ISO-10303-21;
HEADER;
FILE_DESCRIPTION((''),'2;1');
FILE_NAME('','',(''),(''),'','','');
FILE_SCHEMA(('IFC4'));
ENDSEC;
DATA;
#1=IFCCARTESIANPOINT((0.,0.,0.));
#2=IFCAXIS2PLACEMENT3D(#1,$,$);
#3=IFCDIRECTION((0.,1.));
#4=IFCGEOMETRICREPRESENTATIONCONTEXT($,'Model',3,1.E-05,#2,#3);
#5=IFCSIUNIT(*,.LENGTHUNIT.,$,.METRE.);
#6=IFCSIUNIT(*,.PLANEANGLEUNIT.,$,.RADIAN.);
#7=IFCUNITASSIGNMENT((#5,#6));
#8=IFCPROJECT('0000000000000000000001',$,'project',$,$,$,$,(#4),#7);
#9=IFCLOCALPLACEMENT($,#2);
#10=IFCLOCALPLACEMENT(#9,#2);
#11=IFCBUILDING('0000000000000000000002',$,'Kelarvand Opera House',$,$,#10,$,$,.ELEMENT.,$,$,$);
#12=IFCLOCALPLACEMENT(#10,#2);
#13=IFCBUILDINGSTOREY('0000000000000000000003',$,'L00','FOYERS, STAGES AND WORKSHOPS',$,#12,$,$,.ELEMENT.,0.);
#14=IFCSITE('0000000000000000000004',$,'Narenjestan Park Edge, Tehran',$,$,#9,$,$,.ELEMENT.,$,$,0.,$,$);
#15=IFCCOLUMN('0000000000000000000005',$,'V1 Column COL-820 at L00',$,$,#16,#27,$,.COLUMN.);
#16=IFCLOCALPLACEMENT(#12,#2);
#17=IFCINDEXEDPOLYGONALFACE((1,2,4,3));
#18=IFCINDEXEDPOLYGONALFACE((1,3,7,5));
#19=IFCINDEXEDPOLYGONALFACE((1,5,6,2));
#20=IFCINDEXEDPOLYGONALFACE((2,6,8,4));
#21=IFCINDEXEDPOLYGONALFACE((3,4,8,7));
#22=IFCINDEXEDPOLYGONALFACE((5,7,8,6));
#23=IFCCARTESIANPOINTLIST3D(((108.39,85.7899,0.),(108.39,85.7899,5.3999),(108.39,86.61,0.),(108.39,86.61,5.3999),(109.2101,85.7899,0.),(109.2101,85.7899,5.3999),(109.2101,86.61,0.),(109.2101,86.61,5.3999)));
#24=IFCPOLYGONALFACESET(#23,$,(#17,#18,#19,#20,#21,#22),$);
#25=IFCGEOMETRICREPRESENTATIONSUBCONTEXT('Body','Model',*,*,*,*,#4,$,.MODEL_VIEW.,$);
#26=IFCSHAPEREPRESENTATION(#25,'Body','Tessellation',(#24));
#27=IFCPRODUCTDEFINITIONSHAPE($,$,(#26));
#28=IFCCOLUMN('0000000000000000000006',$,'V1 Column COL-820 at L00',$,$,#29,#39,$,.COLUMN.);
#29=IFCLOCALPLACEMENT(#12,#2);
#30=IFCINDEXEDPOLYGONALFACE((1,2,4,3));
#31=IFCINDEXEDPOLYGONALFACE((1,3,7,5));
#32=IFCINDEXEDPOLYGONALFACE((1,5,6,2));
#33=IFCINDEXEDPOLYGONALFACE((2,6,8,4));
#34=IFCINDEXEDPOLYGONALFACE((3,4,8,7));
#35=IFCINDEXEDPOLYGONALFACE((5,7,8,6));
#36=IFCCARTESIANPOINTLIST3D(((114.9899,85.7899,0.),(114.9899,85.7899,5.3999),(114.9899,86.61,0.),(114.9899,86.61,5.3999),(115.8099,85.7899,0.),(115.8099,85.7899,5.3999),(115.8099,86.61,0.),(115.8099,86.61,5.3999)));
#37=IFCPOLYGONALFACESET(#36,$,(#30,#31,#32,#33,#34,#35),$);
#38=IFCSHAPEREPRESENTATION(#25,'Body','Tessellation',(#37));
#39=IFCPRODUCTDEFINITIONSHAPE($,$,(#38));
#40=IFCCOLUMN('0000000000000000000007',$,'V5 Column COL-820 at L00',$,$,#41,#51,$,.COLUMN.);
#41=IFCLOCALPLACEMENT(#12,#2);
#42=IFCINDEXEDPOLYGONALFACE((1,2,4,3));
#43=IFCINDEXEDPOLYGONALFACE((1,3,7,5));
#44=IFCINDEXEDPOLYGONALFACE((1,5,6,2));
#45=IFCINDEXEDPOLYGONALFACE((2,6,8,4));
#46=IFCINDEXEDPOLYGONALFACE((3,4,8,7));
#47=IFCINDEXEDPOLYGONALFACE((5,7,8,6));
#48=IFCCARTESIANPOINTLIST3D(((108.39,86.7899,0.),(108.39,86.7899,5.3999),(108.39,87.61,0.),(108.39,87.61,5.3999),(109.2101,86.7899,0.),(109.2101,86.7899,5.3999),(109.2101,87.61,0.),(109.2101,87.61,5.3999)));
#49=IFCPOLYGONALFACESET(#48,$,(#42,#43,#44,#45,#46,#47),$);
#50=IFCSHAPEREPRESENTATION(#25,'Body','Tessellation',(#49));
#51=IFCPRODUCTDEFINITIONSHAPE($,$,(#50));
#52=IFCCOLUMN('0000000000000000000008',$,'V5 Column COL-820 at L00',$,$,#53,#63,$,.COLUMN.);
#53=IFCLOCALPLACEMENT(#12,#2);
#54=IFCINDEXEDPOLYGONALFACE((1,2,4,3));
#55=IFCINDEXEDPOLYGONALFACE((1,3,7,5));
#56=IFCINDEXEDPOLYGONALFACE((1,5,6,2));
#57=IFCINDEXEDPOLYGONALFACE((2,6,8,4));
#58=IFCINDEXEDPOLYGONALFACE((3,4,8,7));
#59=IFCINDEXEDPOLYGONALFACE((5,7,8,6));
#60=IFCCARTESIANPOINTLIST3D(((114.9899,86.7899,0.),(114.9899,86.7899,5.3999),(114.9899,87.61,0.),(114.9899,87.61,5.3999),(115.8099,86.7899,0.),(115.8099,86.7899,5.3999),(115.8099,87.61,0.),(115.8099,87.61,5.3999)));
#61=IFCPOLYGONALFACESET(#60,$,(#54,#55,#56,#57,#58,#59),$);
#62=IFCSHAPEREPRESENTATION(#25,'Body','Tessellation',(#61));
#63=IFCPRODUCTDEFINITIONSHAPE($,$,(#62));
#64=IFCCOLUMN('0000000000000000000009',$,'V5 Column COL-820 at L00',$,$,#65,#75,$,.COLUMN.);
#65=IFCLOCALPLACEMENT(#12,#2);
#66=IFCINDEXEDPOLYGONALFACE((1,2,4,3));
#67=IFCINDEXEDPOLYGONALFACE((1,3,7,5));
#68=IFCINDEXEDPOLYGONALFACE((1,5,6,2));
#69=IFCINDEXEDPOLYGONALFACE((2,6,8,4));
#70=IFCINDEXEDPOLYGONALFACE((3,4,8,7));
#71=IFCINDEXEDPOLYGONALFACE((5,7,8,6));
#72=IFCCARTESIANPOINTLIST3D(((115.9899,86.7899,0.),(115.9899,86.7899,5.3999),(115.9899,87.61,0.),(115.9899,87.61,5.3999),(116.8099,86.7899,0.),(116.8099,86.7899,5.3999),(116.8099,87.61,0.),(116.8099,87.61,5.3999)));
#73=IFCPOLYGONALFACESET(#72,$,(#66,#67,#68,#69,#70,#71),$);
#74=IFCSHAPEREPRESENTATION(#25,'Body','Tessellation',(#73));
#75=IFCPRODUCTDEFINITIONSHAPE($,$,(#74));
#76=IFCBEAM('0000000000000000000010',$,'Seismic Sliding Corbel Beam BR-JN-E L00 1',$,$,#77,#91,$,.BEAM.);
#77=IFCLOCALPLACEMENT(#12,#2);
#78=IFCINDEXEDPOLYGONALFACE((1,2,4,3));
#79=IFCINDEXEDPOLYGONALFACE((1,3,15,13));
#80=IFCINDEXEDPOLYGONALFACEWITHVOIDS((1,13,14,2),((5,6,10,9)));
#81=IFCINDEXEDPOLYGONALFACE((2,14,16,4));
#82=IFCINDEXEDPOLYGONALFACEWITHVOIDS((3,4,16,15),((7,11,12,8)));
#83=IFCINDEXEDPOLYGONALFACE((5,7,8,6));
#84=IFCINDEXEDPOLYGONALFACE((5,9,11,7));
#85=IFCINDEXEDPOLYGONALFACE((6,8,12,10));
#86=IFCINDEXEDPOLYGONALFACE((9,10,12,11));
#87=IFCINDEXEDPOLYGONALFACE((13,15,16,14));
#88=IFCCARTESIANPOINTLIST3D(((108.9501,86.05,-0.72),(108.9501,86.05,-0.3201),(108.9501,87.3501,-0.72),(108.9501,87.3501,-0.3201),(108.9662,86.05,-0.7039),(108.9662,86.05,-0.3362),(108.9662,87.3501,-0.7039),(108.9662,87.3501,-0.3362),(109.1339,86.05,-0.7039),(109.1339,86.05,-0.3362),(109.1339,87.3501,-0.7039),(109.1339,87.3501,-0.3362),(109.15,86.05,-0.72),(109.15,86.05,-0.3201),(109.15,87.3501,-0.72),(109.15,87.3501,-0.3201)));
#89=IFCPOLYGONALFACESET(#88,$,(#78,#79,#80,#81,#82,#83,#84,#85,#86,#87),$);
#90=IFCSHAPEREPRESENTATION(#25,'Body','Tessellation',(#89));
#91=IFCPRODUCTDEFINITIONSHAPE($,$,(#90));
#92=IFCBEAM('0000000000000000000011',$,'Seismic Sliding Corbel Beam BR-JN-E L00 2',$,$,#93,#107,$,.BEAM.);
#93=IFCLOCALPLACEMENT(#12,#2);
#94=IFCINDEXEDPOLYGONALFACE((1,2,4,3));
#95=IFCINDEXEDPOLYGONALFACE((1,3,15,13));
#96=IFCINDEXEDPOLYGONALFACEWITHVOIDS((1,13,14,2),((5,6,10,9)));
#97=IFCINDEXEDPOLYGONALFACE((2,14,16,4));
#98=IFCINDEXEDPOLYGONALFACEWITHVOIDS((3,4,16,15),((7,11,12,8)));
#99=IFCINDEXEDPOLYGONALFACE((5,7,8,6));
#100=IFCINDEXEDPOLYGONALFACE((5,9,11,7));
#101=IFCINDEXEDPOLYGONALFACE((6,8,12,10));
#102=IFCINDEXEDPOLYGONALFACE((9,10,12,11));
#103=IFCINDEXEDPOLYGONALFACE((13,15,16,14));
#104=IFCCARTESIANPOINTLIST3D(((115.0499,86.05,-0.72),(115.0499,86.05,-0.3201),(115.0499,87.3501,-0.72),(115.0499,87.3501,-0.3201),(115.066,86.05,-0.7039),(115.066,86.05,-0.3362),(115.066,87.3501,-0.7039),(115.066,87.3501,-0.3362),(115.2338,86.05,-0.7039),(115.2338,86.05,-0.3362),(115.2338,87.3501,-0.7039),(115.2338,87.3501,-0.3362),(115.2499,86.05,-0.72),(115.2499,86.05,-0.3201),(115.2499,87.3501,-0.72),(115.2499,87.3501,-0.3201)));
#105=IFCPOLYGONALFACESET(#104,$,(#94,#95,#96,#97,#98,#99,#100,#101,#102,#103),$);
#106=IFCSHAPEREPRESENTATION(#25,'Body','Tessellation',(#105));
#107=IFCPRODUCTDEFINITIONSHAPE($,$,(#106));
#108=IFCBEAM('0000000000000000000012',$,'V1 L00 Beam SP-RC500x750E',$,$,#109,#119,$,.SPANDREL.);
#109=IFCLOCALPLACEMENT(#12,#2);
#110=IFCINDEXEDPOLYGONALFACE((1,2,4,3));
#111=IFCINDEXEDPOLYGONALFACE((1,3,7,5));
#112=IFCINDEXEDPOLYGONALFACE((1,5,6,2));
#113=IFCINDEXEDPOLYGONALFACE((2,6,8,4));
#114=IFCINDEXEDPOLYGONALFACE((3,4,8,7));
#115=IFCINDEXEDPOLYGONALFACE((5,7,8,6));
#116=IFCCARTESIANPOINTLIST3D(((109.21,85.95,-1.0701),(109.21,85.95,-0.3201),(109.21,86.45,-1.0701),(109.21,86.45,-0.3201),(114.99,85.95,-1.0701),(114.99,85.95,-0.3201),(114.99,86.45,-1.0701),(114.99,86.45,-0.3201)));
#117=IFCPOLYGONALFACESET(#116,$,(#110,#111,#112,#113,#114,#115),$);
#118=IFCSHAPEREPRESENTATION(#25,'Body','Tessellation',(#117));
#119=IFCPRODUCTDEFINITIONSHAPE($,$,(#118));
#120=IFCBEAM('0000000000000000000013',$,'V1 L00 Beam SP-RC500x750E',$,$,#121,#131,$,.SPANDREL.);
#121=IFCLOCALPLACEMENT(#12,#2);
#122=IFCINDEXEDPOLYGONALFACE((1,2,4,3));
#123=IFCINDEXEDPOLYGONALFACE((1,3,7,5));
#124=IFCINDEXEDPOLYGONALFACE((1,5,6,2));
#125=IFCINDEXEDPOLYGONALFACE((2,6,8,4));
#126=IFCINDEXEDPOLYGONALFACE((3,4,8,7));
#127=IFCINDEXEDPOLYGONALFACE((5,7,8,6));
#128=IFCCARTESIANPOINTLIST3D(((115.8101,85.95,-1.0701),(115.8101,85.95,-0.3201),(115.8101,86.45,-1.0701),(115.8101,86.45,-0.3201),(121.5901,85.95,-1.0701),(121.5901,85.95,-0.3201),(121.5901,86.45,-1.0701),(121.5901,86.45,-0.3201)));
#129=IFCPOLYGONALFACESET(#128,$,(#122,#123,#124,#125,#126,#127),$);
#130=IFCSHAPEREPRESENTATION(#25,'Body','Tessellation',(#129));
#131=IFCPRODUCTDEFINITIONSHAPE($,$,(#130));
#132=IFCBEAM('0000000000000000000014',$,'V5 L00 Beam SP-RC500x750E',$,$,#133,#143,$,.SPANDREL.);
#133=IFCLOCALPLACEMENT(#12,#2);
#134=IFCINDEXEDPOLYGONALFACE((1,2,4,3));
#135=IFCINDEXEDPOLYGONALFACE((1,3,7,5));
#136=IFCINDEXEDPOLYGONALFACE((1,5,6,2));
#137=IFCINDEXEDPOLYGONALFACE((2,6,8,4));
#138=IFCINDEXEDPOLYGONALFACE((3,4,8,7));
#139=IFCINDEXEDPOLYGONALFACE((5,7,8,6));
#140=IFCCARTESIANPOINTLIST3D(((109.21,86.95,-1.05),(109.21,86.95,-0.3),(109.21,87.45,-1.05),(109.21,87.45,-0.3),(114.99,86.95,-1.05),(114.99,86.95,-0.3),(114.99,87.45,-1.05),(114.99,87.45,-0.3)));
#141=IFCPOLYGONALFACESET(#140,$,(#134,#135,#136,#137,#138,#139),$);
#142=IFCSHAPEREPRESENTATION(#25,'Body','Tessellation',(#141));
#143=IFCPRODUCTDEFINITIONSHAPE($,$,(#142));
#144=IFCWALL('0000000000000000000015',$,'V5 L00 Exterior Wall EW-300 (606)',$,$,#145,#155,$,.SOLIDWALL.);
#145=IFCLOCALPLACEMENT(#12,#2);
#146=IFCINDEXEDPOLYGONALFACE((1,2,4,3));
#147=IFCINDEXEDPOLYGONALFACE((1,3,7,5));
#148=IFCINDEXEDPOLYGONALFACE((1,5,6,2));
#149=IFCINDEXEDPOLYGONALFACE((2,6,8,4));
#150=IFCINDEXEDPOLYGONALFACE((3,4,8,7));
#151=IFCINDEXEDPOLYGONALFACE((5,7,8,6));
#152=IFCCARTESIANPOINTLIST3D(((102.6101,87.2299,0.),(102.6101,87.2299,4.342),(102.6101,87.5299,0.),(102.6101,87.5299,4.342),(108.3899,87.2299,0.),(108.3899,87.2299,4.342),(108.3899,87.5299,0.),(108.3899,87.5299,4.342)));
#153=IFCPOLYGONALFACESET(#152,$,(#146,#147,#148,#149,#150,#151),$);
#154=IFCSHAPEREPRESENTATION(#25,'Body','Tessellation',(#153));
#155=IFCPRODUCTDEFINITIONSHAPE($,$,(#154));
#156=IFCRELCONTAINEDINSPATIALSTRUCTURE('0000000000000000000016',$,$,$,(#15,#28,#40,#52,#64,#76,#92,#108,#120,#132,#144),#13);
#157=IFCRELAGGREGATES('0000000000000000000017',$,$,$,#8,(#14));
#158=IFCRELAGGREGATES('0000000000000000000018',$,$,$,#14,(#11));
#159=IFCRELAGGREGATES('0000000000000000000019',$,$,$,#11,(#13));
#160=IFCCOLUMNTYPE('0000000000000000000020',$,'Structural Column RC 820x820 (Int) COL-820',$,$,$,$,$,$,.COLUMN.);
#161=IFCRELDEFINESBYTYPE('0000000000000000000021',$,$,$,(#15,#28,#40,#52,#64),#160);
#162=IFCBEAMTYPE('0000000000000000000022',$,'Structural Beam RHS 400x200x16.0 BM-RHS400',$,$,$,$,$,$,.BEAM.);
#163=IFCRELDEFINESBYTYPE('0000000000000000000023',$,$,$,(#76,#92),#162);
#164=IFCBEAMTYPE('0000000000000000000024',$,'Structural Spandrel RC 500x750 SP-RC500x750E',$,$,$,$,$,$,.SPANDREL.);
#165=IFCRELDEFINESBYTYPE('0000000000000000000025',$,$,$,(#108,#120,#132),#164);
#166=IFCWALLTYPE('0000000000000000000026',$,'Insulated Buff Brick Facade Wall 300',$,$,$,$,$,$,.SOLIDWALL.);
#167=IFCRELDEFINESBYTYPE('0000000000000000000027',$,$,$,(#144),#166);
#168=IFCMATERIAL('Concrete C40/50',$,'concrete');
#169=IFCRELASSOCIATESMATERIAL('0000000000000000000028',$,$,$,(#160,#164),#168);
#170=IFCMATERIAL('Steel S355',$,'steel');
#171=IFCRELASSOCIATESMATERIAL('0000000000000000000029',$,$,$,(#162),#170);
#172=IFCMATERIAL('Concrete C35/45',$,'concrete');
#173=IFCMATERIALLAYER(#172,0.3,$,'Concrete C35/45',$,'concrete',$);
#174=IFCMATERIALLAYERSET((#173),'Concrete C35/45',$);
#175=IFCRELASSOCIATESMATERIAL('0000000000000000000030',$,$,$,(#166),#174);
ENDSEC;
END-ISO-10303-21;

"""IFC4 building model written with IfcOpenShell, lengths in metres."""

from ifc_helpers import new_model, si_unit, direction, frame, frame_2d, origin, origin_2d, place, context, subcontext, project, spatial, rectangle, hollow_rectangle, extrude, material, layer, layer_set, material_profile, profile_set, type_object, element, save


model = new_model("IFC4")

# Units and contexts
model_context = context("Model", 3, precision=1e-05, world=origin(), true_north=direction((0.0, 1.0)))
body_context = subcontext(model_context, "Body", "Model", "MODEL_VIEW")
ifc_project = project(units=[si_unit("LENGTHUNIT", "METRE"), si_unit("PLANEANGLEUNIT", "RADIAN")], contexts=[model_context])

# Site, building, storey
site_placement = place(None, origin())
site = spatial("IfcSite", under=ifc_project, at=site_placement, Name="Narenjestan Park Edge, Tehran", CompositionType="ELEMENT", RefElevation=0.0)
building_placement = place(site_placement, origin())
building = spatial("IfcBuilding", under=site, at=building_placement, Name="Kelarvand Opera House", CompositionType="ELEMENT")
storey_placement = place(building_placement, origin())
storey = spatial("IfcBuildingStorey", under=building, at=storey_placement, Name="L00", Description="FOYERS, STAGES AND WORKSHOPS", CompositionType="ELEMENT", Elevation=0.0)

# Columns
ifc_material_1 = material(Name="Concrete C40/50", Category="concrete")
ifc_material_profile_1 = material_profile(ifc_material_1, rectangle(XDim=0.8201, YDim=0.8201, at=origin_2d()), Name="RC 820x820", Category="concrete")
ifc_profile_set_1 = profile_set([ifc_material_profile_1], Name="Concrete C40/50")
column_type = type_object("IfcColumnType", Name="Structural Column RC 820x820 (Int) COL-820", PredefinedType="COLUMN", material=ifc_profile_set_1)
for number, where, z_axis, x_axis, name in (
    (1, (108.8, 86.2, 0.0), (0.0, 0.0, 1.0), (1.0, 0.0, 0.0), "V1 Column COL-820 at L00"),
    (2, (115.3999, 86.2, 0.0), (0.0, 0.0, 1.0), (1.0, 0.0, 0.0), "V1 Column COL-820 at L00"),
    (3, (108.8, 87.2, 0.0), (0.0, 0.0, 1.0), (1.0, 0.0, 0.0), "V5 Column COL-820 at L00"),
    (4, (115.3999, 87.2, 0.0), (0.0, 0.0, 1.0), (1.0, 0.0, 0.0), "V5 Column COL-820 at L00"),
    (5, (116.3999, 87.2, 0.0), (0.0, 0.0, 1.0), (1.0, 0.0, 0.0), "V5 Column COL-820 at L00"),
):
    element("IfcColumn", number, at=place(storey_placement, frame(where, z_axis=z_axis, x_axis=x_axis)), inside=storey, type_object=column_type, Name=name, PredefinedType="COLUMN", context=body_context, shape_type="SweptSolid", body=[
        extrude(rectangle(XDim=0.8201, YDim=0.8201, at=origin_2d()), origin(), (0.0, 0.0, 1.0), 5.3999),
    ])

# Beams
ifc_material_2 = material(Name="Steel S355", Category="steel")
ifc_material_profile_2 = material_profile(ifc_material_2, hollow_rectangle(XDim=0.2, YDim=0.3999, WallThickness=0.0161, at=origin_2d()), Name="RHS 400x200x16.0", Category="steel")
ifc_profile_set_2 = profile_set([ifc_material_profile_2], Name="Steel S355")
beam_type_1 = type_object("IfcBeamType", Name="Structural Beam RHS 400x200x16.0 BM-RHS400", PredefinedType="BEAM", material=ifc_profile_set_2)
for number, where, z_axis, x_axis, name in (
    (6, (109.05, 86.05, -0.52), (0.0, 1.0, 0.0), (-1.0, 0.0, 0.0), "Seismic Sliding Corbel Beam BR-JN-E L00 1"),
    (7, (115.1499, 86.05, -0.52), (0.0, 1.0, 0.0), (-1.0, 0.0, 0.0), "Seismic Sliding Corbel Beam BR-JN-E L00 2"),
):
    element("IfcBeam", number, at=place(storey_placement, frame(where, z_axis=z_axis, x_axis=x_axis)), inside=storey, type_object=beam_type_1, Name=name, PredefinedType="BEAM", context=body_context, shape_type="SweptSolid", body=[
        extrude(hollow_rectangle(XDim=0.2, YDim=0.3999, WallThickness=0.0161, at=origin_2d()), origin(), (0.0, 0.0, 1.0), 1.3),
    ])
ifc_material_profile_3 = material_profile(ifc_material_1, rectangle(XDim=0.5, YDim=0.75, at=origin_2d()), Name="RC 500x750", Category="concrete")
ifc_profile_set_3 = profile_set([ifc_material_profile_3], Name="Concrete C40/50")
beam_type_2 = type_object("IfcBeamType", Name="Structural Spandrel RC 500x750 SP-RC500x750E", PredefinedType="SPANDREL", material=ifc_profile_set_3)
for number, where, z_axis, x_axis, name in (
    (8, (109.21, 86.2, -0.6951), (1.0, 0.0, 0.0), (0.0, 1.0, 0.0), "V1 L00 Beam SP-RC500x750E"),
    (9, (115.8101, 86.2, -0.6951), (1.0, 0.0, 0.0), (0.0, 1.0, 0.0), "V1 L00 Beam SP-RC500x750E"),
    (10, (109.21, 87.2, -0.675), (1.0, 0.0, 0.0), (0.0, 1.0, 0.0), "V5 L00 Beam SP-RC500x750E"),
):
    element("IfcBeam", number, at=place(storey_placement, frame(where, z_axis=z_axis, x_axis=x_axis)), inside=storey, type_object=beam_type_2, Name=name, PredefinedType="SPANDREL", context=body_context, shape_type="SweptSolid", body=[
        extrude(rectangle(XDim=0.5, YDim=0.75, at=origin_2d()), origin(), (0.0, 0.0, 1.0), 5.78),
    ])

# Wall
ifc_material_3 = material(Name="Concrete C35/45", Category="concrete")
ifc_layer = layer(ifc_material_3, 0.3, Name="Concrete C35/45", Category="concrete")
ifc_layer_set = layer_set([ifc_layer], Name="Concrete C35/45")
wall_type = type_object("IfcWallType", Name="Insulated Buff Brick Facade Wall 300", PredefinedType="SOLIDWALL", material=ifc_layer_set)
wall_placement = place(storey_placement, frame((108.3899, 87.3799, 0.0), z_axis=(0.0, 0.0, 1.0), x_axis=(-1.0, 0.0, 0.0)))
element("IfcWall", 11, at=wall_placement, inside=storey, type_object=wall_type, Name="V5 L00 Exterior Wall EW-300 (606)", PredefinedType="SOLIDWALL", context=body_context, shape_type="SweptSolid", body=[
    extrude(rectangle(XDim=5.7798, YDim=0.3, at=frame_2d((2.8899, 0.0))), origin(), (0.0, 0.0, 1.0), 4.342),
])

save(model, "model.ifc")
